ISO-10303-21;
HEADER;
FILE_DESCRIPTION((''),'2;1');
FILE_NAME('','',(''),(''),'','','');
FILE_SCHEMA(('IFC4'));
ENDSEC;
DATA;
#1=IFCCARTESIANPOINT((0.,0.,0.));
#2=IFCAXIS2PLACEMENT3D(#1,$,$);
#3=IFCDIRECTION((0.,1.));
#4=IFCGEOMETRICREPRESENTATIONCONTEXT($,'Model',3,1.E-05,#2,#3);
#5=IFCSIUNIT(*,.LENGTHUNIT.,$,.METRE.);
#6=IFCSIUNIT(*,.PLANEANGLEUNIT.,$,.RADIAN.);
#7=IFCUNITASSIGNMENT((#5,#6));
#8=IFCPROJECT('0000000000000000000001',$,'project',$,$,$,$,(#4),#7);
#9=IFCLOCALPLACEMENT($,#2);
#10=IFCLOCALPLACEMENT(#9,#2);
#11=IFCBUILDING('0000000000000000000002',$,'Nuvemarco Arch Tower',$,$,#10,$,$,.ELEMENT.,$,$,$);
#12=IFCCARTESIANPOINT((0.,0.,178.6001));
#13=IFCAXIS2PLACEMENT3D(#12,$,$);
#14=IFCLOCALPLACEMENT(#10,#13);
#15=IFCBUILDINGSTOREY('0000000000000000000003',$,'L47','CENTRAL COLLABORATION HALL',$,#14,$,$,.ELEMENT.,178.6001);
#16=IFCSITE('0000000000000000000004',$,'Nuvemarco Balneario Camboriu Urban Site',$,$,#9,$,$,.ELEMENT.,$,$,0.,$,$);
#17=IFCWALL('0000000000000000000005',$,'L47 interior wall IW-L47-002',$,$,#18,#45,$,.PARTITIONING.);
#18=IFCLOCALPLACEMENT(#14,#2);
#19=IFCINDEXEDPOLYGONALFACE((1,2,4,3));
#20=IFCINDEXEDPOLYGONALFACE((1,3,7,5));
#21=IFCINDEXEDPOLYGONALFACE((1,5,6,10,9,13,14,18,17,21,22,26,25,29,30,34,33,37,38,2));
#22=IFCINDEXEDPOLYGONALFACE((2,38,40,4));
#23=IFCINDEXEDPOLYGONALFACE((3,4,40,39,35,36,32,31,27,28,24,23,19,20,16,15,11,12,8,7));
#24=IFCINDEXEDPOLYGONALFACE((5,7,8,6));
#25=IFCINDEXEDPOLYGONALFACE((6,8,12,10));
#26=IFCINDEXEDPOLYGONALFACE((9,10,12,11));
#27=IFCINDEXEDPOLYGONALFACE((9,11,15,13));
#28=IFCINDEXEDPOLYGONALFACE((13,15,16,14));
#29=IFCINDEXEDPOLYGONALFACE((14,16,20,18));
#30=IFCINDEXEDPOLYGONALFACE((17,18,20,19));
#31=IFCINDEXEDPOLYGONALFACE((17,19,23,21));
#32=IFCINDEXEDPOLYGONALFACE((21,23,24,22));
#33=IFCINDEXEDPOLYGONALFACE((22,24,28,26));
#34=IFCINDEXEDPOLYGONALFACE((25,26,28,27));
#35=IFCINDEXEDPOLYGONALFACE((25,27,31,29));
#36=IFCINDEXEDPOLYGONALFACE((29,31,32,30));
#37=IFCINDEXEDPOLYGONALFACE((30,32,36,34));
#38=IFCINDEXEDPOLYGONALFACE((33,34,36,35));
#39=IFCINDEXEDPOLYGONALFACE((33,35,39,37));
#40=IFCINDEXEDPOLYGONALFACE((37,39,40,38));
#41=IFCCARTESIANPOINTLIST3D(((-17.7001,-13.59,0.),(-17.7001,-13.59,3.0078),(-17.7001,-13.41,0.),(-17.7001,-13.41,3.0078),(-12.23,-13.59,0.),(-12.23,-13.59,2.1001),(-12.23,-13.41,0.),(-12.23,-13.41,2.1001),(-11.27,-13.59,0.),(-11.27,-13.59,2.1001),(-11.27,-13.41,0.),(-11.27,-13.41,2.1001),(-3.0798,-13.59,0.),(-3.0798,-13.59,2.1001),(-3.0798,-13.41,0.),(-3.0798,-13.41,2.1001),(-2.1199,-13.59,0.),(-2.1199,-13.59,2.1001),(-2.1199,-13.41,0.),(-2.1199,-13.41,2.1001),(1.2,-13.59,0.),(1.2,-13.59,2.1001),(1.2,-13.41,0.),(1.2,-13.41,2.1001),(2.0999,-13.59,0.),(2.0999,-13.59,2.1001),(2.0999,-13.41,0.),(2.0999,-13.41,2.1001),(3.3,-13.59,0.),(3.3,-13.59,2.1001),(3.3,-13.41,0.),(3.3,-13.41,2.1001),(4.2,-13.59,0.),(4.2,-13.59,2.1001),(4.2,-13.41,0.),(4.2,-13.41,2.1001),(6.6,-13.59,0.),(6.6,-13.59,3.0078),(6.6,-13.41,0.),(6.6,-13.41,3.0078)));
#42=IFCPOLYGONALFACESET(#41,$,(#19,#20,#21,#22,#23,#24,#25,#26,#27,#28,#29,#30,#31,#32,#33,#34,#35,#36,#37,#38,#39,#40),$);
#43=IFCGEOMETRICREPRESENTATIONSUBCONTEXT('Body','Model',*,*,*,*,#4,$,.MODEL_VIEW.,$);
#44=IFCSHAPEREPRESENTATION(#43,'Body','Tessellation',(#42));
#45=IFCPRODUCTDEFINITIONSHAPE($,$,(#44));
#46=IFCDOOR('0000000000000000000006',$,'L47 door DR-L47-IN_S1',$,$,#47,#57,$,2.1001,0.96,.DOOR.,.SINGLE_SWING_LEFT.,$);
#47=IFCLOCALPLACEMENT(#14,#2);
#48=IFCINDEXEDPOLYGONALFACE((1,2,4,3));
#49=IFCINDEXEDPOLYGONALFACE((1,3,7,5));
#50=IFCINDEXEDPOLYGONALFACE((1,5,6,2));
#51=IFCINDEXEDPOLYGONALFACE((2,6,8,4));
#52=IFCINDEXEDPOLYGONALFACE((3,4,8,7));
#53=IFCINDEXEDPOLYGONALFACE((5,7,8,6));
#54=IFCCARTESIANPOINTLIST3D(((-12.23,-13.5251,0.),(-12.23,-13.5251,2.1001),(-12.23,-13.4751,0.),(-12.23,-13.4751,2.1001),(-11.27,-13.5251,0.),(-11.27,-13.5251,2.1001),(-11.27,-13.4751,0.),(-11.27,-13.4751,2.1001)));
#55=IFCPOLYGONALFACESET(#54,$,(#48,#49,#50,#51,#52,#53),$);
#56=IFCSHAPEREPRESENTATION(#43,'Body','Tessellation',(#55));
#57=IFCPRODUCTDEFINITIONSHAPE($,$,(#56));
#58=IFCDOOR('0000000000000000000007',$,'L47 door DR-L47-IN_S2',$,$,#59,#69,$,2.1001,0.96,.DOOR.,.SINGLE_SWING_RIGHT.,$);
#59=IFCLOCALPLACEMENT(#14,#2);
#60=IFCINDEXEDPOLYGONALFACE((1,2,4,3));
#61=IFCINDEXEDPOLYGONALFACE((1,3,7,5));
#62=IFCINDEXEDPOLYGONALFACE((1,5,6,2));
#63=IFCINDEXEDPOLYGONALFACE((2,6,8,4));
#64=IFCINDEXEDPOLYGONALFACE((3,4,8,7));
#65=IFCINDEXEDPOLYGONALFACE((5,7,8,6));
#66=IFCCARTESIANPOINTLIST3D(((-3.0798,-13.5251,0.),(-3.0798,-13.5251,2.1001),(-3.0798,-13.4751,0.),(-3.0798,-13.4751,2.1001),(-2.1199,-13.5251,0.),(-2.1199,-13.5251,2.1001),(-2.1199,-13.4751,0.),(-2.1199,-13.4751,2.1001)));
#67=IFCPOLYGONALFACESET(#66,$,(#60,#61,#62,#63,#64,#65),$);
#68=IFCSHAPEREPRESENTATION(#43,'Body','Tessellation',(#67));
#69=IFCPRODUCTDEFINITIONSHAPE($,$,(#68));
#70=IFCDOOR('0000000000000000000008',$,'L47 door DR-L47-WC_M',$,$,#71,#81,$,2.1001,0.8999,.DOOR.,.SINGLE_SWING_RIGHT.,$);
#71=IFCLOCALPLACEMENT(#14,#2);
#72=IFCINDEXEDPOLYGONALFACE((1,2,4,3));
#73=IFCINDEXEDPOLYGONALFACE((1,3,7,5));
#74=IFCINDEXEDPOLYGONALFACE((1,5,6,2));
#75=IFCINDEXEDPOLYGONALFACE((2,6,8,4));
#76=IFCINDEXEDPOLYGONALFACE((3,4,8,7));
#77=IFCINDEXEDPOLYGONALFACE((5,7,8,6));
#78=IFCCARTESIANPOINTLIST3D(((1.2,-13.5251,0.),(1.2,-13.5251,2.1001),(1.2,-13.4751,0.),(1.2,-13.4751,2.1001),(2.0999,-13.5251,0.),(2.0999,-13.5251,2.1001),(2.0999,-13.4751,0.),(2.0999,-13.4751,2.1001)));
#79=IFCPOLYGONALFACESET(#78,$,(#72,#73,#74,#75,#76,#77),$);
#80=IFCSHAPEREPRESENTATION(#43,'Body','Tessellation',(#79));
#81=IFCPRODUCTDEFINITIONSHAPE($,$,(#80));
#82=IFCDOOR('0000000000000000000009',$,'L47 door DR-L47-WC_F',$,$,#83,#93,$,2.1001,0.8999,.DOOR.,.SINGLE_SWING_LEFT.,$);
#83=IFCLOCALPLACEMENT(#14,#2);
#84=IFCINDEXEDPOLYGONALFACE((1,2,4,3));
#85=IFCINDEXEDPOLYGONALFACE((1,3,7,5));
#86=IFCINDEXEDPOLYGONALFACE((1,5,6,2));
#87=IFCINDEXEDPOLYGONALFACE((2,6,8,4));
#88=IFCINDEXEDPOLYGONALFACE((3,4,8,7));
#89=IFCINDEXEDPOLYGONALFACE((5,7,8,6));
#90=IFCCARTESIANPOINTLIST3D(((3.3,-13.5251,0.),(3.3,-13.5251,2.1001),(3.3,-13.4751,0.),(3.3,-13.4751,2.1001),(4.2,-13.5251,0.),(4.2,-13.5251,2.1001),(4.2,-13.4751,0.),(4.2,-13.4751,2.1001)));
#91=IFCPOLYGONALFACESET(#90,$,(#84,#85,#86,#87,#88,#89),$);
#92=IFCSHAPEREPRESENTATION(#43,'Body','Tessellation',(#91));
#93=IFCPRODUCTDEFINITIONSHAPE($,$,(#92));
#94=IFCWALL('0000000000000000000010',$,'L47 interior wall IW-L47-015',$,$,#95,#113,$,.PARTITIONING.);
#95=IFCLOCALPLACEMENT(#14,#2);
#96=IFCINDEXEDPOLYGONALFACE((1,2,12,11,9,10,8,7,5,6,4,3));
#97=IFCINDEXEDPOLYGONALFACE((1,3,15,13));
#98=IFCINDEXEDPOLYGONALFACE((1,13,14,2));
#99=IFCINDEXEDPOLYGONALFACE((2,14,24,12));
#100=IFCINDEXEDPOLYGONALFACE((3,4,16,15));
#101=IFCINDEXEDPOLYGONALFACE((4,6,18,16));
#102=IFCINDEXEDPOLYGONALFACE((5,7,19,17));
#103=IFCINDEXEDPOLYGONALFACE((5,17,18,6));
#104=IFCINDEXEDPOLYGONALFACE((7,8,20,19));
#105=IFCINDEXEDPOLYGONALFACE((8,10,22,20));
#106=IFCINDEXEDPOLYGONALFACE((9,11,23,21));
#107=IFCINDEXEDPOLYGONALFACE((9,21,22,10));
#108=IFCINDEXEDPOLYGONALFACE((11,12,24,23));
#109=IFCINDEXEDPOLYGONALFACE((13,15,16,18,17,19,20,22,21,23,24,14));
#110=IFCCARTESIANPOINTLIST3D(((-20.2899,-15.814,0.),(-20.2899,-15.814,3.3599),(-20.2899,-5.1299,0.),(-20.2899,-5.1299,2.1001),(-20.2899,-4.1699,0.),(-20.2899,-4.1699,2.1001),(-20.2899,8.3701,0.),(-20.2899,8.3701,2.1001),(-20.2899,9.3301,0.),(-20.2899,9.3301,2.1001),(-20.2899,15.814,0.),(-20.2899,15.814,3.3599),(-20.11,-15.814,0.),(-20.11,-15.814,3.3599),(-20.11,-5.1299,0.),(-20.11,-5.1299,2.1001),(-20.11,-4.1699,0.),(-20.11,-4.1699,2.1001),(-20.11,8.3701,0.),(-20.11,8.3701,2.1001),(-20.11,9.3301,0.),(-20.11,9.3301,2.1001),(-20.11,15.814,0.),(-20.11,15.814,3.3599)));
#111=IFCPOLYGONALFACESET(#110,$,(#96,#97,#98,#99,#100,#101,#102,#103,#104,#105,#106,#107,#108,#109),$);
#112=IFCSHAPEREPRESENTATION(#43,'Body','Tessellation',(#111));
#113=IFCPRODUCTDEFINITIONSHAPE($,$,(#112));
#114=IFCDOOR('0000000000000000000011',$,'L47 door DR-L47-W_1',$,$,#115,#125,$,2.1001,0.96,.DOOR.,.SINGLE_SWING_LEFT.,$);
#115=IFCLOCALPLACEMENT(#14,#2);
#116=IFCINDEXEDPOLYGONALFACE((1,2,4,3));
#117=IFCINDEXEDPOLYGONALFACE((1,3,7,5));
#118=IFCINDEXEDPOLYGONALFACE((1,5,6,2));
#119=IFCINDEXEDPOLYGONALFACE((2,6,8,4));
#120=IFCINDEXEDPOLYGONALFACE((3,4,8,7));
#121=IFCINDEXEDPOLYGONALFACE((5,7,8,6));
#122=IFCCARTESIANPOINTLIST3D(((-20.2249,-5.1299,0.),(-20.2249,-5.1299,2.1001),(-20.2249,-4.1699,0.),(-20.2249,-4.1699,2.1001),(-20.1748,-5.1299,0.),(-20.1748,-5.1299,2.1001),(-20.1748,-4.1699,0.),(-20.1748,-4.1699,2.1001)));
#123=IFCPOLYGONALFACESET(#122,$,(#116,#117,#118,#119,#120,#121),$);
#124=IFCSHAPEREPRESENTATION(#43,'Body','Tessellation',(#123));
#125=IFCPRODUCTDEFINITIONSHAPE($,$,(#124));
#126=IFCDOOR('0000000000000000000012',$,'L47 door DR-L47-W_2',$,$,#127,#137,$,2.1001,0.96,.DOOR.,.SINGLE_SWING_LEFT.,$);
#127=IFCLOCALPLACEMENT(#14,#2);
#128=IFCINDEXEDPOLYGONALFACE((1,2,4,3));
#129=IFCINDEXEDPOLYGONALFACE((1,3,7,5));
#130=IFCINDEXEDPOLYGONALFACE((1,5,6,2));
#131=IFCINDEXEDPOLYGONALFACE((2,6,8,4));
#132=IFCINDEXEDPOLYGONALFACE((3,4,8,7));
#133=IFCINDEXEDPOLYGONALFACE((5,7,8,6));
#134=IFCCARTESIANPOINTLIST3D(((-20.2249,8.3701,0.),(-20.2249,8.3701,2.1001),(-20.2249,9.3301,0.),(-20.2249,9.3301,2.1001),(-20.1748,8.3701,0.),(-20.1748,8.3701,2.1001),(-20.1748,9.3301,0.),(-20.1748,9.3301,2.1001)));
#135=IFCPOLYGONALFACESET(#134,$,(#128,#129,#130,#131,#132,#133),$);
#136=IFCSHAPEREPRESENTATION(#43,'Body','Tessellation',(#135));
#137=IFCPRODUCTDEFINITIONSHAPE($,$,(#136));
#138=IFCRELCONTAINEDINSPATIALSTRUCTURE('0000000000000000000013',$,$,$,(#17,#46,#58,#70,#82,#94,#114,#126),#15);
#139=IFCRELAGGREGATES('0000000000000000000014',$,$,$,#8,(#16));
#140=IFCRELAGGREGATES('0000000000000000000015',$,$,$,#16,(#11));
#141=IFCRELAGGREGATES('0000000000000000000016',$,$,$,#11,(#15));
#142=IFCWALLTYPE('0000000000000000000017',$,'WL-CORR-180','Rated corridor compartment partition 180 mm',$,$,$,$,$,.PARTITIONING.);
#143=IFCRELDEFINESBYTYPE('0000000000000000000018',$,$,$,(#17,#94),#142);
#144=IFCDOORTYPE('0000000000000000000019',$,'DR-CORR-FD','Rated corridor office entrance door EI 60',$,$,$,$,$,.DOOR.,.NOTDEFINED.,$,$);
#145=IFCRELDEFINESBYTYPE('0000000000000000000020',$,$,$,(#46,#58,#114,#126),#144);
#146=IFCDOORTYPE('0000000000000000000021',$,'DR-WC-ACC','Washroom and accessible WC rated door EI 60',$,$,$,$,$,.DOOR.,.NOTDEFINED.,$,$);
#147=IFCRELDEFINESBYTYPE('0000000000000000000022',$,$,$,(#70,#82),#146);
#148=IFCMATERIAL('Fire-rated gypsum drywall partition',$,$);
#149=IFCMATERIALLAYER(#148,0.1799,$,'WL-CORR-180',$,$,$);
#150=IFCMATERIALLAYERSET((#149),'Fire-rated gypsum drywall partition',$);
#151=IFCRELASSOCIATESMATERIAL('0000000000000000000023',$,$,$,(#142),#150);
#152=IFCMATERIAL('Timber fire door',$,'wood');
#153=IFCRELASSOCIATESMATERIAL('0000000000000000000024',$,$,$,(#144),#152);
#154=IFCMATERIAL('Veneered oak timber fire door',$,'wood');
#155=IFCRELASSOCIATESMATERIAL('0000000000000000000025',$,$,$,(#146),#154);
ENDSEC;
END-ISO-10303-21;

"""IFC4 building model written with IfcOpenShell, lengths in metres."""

from ifc_helpers import new_model, si_unit, direction, frame, frame_2d, origin, place, context, subcontext, project, spatial, rectangle, extrude, source, transform, mapped, material, layer, layer_set, type_object, type_shapes, element, fill, save


model = new_model("IFC4")

# Units and contexts
model_context = context("Model", 3, precision=1e-05, world=origin(), true_north=direction((0.0, 1.0)))
body_context = subcontext(model_context, "Body", "Model", "MODEL_VIEW")
ifc_project = project(units=[si_unit("LENGTHUNIT", "METRE"), si_unit("PLANEANGLEUNIT", "RADIAN")], contexts=[model_context])

# Site, building, storey
site_placement = place(None, origin())
site = spatial("IfcSite", under=ifc_project, at=site_placement, Name="Nuvemarco Balneario Camboriu Urban Site", CompositionType="ELEMENT", RefElevation=0.0)
building_placement = place(site_placement, origin())
building = spatial("IfcBuilding", under=site, at=building_placement, Name="Nuvemarco Arch Tower", CompositionType="ELEMENT")
storey_placement = place(building_placement, frame((0.0, 0.0, 178.6001)))
storey = spatial("IfcBuildingStorey", under=building, at=storey_placement, Name="L47", Description="CENTRAL COLLABORATION HALL", CompositionType="ELEMENT", Elevation=178.6001)

# Walls, openings, doors
ifc_material_1 = material(Name="Fire-rated gypsum drywall partition")
ifc_layer = layer(ifc_material_1, 0.1799, Name="WL-CORR-180")
ifc_layer_set = layer_set([ifc_layer], Name="Fire-rated gypsum drywall partition")
wall_type = type_object("IfcWallType", Name="WL-CORR-180", Description="Rated corridor compartment partition 180 mm", PredefinedType="PARTITIONING", material=ifc_layer_set)
ifc_material_2 = material(Name="Timber fire door", Category="wood")
door_type_1 = type_object("IfcDoorType", Name="DR-CORR-FD", Description="Rated corridor office entrance door EI 60", OperationType="NOTDEFINED", PredefinedType="DOOR", material=ifc_material_2)
shared_shape_1 = source(origin(), body_context, "Body", "SweptSolid", [
    extrude(rectangle(XDim=0.96, YDim=2.1001, at=frame_2d((0.48, 1.05))), frame((0.0, 0.0249, 0.0), z_axis=(0.0, -1.0, 0.0), x_axis=(1.0, 0.0, 0.0)), (0.0, 0.0, 1.0), 0.05),
])
type_shapes(door_type_1, [shared_shape_1])
wall_1_placement = place(storey_placement, frame((-17.7, -13.5, 0.0), z_axis=(0.0, 0.0, 1.0), x_axis=(1.0, 0.0, 0.0)))
wall_1 = element("IfcWall", 1, at=wall_1_placement, inside=storey, type_object=wall_type, Name="L47 interior wall IW-L47-002", PredefinedType="PARTITIONING", context=body_context, shape_type="SweptSolid", body=[
    extrude(rectangle(XDim=24.3, YDim=0.1799, at=frame_2d((12.1499, 0.0))), origin(), (0.0, 0.0, 1.0), 3.0078),
])
opening_1_placement = place(wall_1_placement, frame((5.47, 0.0, 0.0)))
opening_1 = element("IfcOpeningElement", 2, at=opening_1_placement, cuts=wall_1, PredefinedType="OPENING", context=body_context, shape_type="SweptSolid", body=[
    extrude(rectangle(XDim=0.96, YDim=2.1001, at=frame_2d((0.48, 1.05))), frame((0.0, 0.0999, 0.0), z_axis=(0.0, -1.0, 0.0), x_axis=(1.0, 0.0, 0.0)), (0.0, 0.0, 1.0), 0.2),
])
opening_2_placement = place(wall_1_placement, frame((14.6201, 0.0, 0.0)))
opening_2 = element("IfcOpeningElement", 3, at=opening_2_placement, cuts=wall_1, PredefinedType="OPENING", context=body_context, shape_type="SweptSolid", body=[
    extrude(rectangle(XDim=0.96, YDim=2.1001, at=frame_2d((0.48, 1.05))), frame((0.0, 0.0999, 0.0), z_axis=(0.0, -1.0, 0.0), x_axis=(1.0, 0.0, 0.0)), (0.0, 0.0, 1.0), 0.2),
])
opening_3_placement = place(wall_1_placement, frame((18.8999, 0.0, 0.0)))
opening_3 = element("IfcOpeningElement", 4, at=opening_3_placement, cuts=wall_1, PredefinedType="OPENING", context=body_context, shape_type="SweptSolid", body=[
    extrude(rectangle(XDim=0.8999, YDim=2.1001, at=frame_2d((0.45, 1.05))), frame((0.0, 0.0999, 0.0), z_axis=(0.0, -1.0, 0.0), x_axis=(1.0, 0.0, 0.0)), (0.0, 0.0, 1.0), 0.2),
])
opening_4_placement = place(wall_1_placement, frame((21.0, 0.0, 0.0)))
opening_4 = element("IfcOpeningElement", 5, at=opening_4_placement, cuts=wall_1, PredefinedType="OPENING", context=body_context, shape_type="SweptSolid", body=[
    extrude(rectangle(XDim=0.8999, YDim=2.1001, at=frame_2d((0.45, 1.05))), frame((0.0, 0.0999, 0.0), z_axis=(0.0, -1.0, 0.0), x_axis=(1.0, 0.0, 0.0)), (0.0, 0.0, 1.0), 0.2),
])
door_1_placement = place(opening_1_placement, origin())
door_1 = element("IfcDoor", 6, at=door_1_placement, inside=storey, type_object=door_type_1, Name="L47 door DR-L47-IN_S1", OperationType="SINGLE_SWING_LEFT", OverallHeight=2.1001, OverallWidth=0.96, PredefinedType="DOOR", context=body_context, shape_type="MappedRepresentation", body=[
    mapped(shared_shape_1, transform((0.0, 0.0, 0.0), scale=1.0)),
])
fill(opening_1, door_1)
door_2_placement = place(opening_2_placement, origin())
door_2 = element("IfcDoor", 7, at=door_2_placement, inside=storey, type_object=door_type_1, Name="L47 door DR-L47-IN_S2", OperationType="SINGLE_SWING_RIGHT", OverallHeight=2.1001, OverallWidth=0.96, PredefinedType="DOOR", context=body_context, shape_type="MappedRepresentation", body=[
    mapped(shared_shape_1, transform((0.0, 0.0, 0.0), scale=1.0)),
])
fill(opening_2, door_2)
ifc_material_3 = material(Name="Veneered oak timber fire door", Category="wood")
door_type_2 = type_object("IfcDoorType", Name="DR-WC-ACC", Description="Washroom and accessible WC rated door EI 60", OperationType="NOTDEFINED", PredefinedType="DOOR", material=ifc_material_3)
shared_shape_2 = source(origin(), body_context, "Body", "SweptSolid", [
    extrude(rectangle(XDim=0.8999, YDim=2.1001, at=frame_2d((0.45, 1.05))), frame((0.0, 0.0249, 0.0), z_axis=(0.0, -1.0, 0.0), x_axis=(1.0, 0.0, 0.0)), (0.0, 0.0, 1.0), 0.05),
])
type_shapes(door_type_2, [shared_shape_2])
door_3_placement = place(opening_3_placement, origin())
door_3 = element("IfcDoor", 8, at=door_3_placement, inside=storey, type_object=door_type_2, Name="L47 door DR-L47-WC_M", OperationType="SINGLE_SWING_RIGHT", OverallHeight=2.1001, OverallWidth=0.8999, PredefinedType="DOOR", context=body_context, shape_type="MappedRepresentation", body=[
    mapped(shared_shape_2, transform((0.0, 0.0, 0.0), scale=1.0)),
])
fill(opening_3, door_3)
door_4_placement = place(opening_4_placement, origin())
door_4 = element("IfcDoor", 9, at=door_4_placement, inside=storey, type_object=door_type_2, Name="L47 door DR-L47-WC_F", OperationType="SINGLE_SWING_LEFT", OverallHeight=2.1001, OverallWidth=0.8999, PredefinedType="DOOR", context=body_context, shape_type="MappedRepresentation", body=[
    mapped(shared_shape_2, transform((0.0, 0.0, 0.0), scale=1.0)),
])
fill(opening_4, door_4)
wall_2_placement = place(storey_placement, frame((-20.2, -15.814, 0.0), z_axis=(0.0, 0.0, 1.0), x_axis=(0.0, 1.0, 0.0)))
wall_2 = element("IfcWall", 10, at=wall_2_placement, inside=storey, type_object=wall_type, Name="L47 interior wall IW-L47-015", PredefinedType="PARTITIONING", context=body_context, shape_type="SweptSolid", body=[
    extrude(rectangle(XDim=31.6279, YDim=0.1799, at=frame_2d((15.814, 0.0))), origin(), (0.0, 0.0, 1.0), 3.3599),
])
opening_5_placement = place(wall_2_placement, frame((10.6841, 0.0, 0.0)))
opening_5 = element("IfcOpeningElement", 11, at=opening_5_placement, cuts=wall_2, PredefinedType="OPENING", context=body_context, shape_type="SweptSolid", body=[
    extrude(rectangle(XDim=0.96, YDim=2.1001, at=frame_2d((0.48, 1.05))), frame((0.0, 0.0999, 0.0), z_axis=(0.0, -1.0, 0.0), x_axis=(1.0, 0.0, 0.0)), (0.0, 0.0, 1.0), 0.2),
])
opening_6_placement = place(wall_2_placement, frame((24.1841, 0.0, 0.0)))
opening_6 = element("IfcOpeningElement", 12, at=opening_6_placement, cuts=wall_2, PredefinedType="OPENING", context=body_context, shape_type="SweptSolid", body=[
    extrude(rectangle(XDim=0.96, YDim=2.1001, at=frame_2d((0.48, 1.05))), frame((0.0, 0.0999, 0.0), z_axis=(0.0, -1.0, 0.0), x_axis=(1.0, 0.0, 0.0)), (0.0, 0.0, 1.0), 0.2),
])
door_5_placement = place(opening_5_placement, origin())
door_5 = element("IfcDoor", 13, at=door_5_placement, inside=storey, type_object=door_type_1, Name="L47 door DR-L47-W_1", OperationType="SINGLE_SWING_LEFT", OverallHeight=2.1001, OverallWidth=0.96, PredefinedType="DOOR", context=body_context, shape_type="MappedRepresentation", body=[
    mapped(shared_shape_1, transform((0.0, 0.0, 0.0), scale=1.0)),
])
fill(opening_5, door_5)
door_6_placement = place(opening_6_placement, origin())
door_6 = element("IfcDoor", 14, at=door_6_placement, inside=storey, type_object=door_type_1, Name="L47 door DR-L47-W_2", OperationType="SINGLE_SWING_LEFT", OverallHeight=2.1001, OverallWidth=0.96, PredefinedType="DOOR", context=body_context, shape_type="MappedRepresentation", body=[
    mapped(shared_shape_1, transform((0.0, 0.0, 0.0), scale=1.0)),
])
fill(opening_6, door_6)

save(model, "model.ifc")
